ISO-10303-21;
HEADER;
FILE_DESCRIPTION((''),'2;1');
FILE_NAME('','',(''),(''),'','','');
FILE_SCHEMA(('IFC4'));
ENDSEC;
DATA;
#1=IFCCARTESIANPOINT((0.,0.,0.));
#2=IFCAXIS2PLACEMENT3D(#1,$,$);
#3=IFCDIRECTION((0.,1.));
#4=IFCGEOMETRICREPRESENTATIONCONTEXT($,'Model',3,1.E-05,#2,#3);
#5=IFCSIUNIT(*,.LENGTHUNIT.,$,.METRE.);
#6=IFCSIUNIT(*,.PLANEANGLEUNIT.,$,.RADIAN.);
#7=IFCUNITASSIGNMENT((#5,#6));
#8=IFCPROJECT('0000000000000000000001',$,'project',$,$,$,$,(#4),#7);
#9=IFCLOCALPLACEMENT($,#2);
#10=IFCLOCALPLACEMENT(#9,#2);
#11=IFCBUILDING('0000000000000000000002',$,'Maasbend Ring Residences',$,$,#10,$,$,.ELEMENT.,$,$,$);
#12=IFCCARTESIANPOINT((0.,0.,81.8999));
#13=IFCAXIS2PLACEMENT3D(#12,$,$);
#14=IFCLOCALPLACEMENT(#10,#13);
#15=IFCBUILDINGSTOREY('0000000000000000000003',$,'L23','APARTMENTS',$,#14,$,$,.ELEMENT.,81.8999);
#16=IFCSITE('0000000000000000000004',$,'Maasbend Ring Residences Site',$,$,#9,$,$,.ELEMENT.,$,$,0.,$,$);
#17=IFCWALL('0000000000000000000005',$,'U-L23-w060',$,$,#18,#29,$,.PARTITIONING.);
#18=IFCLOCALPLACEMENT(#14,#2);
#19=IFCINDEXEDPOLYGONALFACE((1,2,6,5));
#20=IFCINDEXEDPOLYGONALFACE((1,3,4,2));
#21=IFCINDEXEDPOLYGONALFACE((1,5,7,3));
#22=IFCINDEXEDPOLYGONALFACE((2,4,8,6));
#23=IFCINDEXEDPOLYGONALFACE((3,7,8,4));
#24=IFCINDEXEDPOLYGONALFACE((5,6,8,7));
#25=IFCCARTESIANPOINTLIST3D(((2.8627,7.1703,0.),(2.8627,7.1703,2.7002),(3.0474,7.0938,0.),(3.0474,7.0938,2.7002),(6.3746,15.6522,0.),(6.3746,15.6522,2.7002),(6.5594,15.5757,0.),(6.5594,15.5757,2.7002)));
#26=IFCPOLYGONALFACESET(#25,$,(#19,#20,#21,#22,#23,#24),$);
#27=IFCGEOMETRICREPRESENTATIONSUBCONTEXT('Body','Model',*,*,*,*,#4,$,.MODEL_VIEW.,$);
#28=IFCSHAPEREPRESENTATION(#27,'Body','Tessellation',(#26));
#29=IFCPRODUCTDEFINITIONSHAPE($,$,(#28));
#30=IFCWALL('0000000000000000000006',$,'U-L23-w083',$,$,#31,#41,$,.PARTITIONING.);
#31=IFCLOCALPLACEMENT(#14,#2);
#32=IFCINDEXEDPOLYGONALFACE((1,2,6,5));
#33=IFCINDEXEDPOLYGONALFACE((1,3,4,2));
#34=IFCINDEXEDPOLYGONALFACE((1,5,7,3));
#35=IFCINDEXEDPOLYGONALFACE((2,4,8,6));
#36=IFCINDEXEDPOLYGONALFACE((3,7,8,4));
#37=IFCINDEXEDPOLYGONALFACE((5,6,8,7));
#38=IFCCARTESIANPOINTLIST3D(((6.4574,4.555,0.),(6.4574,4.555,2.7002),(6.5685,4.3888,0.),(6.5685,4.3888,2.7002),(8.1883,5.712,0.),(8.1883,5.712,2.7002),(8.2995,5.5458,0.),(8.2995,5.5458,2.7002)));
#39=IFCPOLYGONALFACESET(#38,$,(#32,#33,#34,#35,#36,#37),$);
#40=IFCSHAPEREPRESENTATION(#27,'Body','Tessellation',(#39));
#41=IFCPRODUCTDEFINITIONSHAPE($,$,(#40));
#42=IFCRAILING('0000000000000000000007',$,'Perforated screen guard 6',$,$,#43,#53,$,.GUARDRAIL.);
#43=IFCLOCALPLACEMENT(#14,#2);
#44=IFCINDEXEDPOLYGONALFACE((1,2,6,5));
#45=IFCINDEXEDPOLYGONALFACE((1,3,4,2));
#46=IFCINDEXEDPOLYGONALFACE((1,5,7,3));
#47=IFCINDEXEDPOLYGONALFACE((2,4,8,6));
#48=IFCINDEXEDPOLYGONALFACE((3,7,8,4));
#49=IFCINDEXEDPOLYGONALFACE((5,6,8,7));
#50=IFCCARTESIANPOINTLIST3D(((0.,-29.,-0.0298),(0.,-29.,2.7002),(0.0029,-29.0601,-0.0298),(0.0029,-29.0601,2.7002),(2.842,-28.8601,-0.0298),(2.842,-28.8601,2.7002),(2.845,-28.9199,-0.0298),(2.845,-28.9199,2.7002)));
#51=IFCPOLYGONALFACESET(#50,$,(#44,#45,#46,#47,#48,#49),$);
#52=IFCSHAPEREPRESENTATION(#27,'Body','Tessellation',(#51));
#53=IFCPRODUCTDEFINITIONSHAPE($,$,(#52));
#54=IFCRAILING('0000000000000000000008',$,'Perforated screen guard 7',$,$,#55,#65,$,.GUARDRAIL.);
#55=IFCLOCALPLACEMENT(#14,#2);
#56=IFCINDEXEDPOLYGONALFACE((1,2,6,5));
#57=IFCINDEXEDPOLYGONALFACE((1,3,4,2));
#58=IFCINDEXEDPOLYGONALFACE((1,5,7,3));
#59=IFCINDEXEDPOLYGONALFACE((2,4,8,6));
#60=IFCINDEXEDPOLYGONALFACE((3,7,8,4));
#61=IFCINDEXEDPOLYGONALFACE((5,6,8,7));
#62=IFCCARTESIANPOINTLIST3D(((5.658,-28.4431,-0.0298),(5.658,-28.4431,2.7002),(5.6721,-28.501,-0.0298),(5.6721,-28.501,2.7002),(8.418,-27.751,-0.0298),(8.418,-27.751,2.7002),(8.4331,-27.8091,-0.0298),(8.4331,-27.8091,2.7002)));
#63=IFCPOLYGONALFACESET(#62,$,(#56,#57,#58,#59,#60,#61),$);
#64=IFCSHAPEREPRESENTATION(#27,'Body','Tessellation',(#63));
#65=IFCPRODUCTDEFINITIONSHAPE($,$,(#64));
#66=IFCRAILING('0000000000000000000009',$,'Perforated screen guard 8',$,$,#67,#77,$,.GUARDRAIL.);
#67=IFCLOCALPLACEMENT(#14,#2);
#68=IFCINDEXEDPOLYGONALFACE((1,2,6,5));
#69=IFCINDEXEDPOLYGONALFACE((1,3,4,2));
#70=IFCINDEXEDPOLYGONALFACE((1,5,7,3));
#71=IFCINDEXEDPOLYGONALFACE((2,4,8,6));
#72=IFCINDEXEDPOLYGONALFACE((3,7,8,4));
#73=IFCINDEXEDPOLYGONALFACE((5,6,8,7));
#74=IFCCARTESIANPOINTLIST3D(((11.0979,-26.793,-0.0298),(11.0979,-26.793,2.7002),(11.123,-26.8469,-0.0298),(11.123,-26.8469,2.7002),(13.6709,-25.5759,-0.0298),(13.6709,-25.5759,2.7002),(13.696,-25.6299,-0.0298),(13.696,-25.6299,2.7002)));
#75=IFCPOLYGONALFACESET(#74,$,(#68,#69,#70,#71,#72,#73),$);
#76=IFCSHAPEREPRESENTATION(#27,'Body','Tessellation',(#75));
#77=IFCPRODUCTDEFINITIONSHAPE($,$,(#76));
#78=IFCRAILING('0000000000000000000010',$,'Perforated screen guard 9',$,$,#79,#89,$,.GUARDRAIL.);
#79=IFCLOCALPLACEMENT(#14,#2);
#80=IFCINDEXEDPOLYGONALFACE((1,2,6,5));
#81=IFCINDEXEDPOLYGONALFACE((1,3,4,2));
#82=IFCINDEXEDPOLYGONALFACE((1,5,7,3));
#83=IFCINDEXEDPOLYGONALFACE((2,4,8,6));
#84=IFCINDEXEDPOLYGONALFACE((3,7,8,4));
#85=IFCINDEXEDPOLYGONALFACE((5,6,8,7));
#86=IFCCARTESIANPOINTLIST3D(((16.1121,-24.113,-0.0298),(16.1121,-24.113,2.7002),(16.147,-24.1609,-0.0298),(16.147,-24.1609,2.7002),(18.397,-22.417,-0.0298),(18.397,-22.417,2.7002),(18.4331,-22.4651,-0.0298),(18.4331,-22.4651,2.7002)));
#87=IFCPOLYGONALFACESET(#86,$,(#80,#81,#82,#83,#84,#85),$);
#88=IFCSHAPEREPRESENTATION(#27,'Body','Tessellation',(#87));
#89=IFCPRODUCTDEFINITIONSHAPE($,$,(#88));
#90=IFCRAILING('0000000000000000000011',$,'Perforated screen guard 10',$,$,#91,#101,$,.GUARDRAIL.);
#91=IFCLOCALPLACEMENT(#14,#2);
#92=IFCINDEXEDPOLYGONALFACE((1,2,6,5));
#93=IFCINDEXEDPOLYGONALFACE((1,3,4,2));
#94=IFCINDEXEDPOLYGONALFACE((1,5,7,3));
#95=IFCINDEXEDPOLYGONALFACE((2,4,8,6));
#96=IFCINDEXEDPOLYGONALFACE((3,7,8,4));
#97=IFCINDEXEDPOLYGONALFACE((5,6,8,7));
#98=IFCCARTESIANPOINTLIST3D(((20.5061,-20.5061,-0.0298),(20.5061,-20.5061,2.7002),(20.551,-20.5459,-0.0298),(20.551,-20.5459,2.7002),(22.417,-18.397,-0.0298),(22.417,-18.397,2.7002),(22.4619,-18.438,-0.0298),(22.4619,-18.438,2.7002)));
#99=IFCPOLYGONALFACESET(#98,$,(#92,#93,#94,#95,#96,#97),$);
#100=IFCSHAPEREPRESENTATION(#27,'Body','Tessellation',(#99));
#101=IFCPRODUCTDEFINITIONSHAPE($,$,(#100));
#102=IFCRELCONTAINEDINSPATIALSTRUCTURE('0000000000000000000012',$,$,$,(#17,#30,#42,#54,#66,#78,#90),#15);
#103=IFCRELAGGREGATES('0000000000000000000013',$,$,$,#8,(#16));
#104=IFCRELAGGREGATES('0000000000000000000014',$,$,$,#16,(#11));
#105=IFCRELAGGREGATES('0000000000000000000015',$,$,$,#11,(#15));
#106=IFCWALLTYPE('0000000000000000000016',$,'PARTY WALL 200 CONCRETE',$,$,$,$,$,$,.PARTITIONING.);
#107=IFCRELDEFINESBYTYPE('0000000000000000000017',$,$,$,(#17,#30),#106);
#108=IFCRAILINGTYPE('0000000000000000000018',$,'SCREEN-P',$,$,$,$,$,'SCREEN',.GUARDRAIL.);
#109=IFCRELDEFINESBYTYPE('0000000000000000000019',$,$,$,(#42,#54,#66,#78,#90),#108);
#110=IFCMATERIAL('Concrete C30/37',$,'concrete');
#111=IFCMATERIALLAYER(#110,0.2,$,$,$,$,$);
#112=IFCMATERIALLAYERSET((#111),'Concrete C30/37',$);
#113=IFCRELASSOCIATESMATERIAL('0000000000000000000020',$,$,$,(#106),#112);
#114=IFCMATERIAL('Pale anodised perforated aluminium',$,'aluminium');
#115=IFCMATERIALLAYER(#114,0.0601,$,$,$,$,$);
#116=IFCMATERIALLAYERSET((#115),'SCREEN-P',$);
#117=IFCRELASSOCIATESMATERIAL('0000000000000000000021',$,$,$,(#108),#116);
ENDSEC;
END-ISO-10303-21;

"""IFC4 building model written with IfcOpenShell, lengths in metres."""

from ifc_helpers import new_model, si_unit, direction, frame, frame_2d, origin, place, context, subcontext, project, spatial, polyline, rectangle, outline, extrude, material, layer, layer_set, type_object, element, save


model = new_model("IFC4")

# Units and contexts
model_context = context("Model", 3, precision=1e-05, world=origin(), true_north=direction((0.0, 1.0)))
body_context = subcontext(model_context, "Body", "Model", "MODEL_VIEW")
ifc_project = project(units=[si_unit("LENGTHUNIT", "METRE"), si_unit("PLANEANGLEUNIT", "RADIAN")], contexts=[model_context])

# Site, building, storey
site_placement = place(None, origin())
site = spatial("IfcSite", under=ifc_project, at=site_placement, Name="Maasbend Ring Residences Site", CompositionType="ELEMENT", RefElevation=0.0)
building_placement = place(site_placement, origin())
building = spatial("IfcBuilding", under=site, at=building_placement, Name="Maasbend Ring Residences", CompositionType="ELEMENT")
storey_placement = place(building_placement, frame((0.0, 0.0, 81.8999)))
storey = spatial("IfcBuildingStorey", under=building, at=storey_placement, Name="L23", Description="APARTMENTS", CompositionType="ELEMENT", Elevation=81.8999)

# Walls
ifc_material_1 = material(Name="Concrete C30/37", Category="concrete")
ifc_layer_1 = layer(ifc_material_1, 0.2)
ifc_layer_set_1 = layer_set([ifc_layer_1], Name="Concrete C30/37")
wall_type_1 = type_object("IfcWallType", Name="PARTY WALL 200 CONCRETE", PredefinedType="PARTITIONING", material=ifc_layer_set_1)
wall_1_placement = place(storey_placement, frame((2.9551, 7.1321, 0.0), z_axis=(0.0, 0.0, 1.0), x_axis=(0.382556, 0.923932, 0.0)))
element("IfcWall", 1, at=wall_1_placement, inside=storey, type_object=wall_type_1, Name="U-L23-w060", PredefinedType="PARTITIONING", context=body_context, shape_type="SweptSolid", body=[
    extrude(rectangle(XDim=9.1802, YDim=0.2, at=frame_2d((4.5901, 0.0))), origin(), (0.0, 0.0, 1.0), 2.7002),
])
wall_2_placement = place(storey_placement, frame((6.5129, 4.4719, 0.0), z_axis=(0.0, 0.0, 1.0), x_axis=(0.831382, 0.555701, 0.0)))
element("IfcWall", 2, at=wall_2_placement, inside=storey, type_object=wall_type_1, Name="U-L23-w083", PredefinedType="PARTITIONING", context=body_context, shape_type="SweptSolid", body=[
    extrude(rectangle(XDim=2.082, YDim=0.2, at=frame_2d((1.041, 0.0))), origin(), (0.0, 0.0, 1.0), 2.7002),
])

# Railings
ifc_material_2 = material(Name="Pale anodised perforated aluminium", Category="aluminium")
ifc_layer_2 = layer(ifc_material_2, 0.0601)
ifc_layer_set_2 = layer_set([ifc_layer_2], Name="SCREEN-P")
railing_type = type_object("IfcRailingType", Name="SCREEN-P", ElementType="SCREEN", PredefinedType="GUARDRAIL", material=ifc_layer_set_2)
railing_1_placement = place(storey_placement, frame((0.0, 0.0, -0.0298)))
element("IfcRailing", 3, at=railing_1_placement, inside=storey, type_object=railing_type, Name="Perforated screen guard 6", PredefinedType="GUARDRAIL", context=body_context, shape_type="SweptSolid", body=[
    extrude(outline(polyline([(0.0, -29.0), (2.842, -28.8601), (2.845, -28.9199), (0.0029, -29.0601), (0.0, -29.0)])), origin(), (0.0, 0.0, 1.0), 2.73),
])
railing_2_placement = place(storey_placement, frame((0.0, 0.0, -0.0298)))
element("IfcRailing", 4, at=railing_2_placement, inside=storey, type_object=railing_type, Name="Perforated screen guard 7", PredefinedType="GUARDRAIL", context=body_context, shape_type="SweptSolid", body=[
    extrude(outline(polyline([(5.658, -28.4431), (8.418, -27.751), (8.4331, -27.8091), (5.6721, -28.501), (5.658, -28.4431)])), origin(), (0.0, 0.0, 1.0), 2.73),
])
railing_3_placement = place(storey_placement, frame((0.0, 0.0, -0.0298)))
element("IfcRailing", 5, at=railing_3_placement, inside=storey, type_object=railing_type, Name="Perforated screen guard 8", PredefinedType="GUARDRAIL", context=body_context, shape_type="SweptSolid", body=[
    extrude(outline(polyline([(11.0979, -26.793), (13.6709, -25.5759), (13.696, -25.6299), (11.123, -26.8469), (11.0979, -26.793)])), origin(), (0.0, 0.0, 1.0), 2.73),
])
railing_4_placement = place(storey_placement, frame((0.0, 0.0, -0.0298)))
element("IfcRailing", 6, at=railing_4_placement, inside=storey, type_object=railing_type, Name="Perforated screen guard 9", PredefinedType="GUARDRAIL", context=body_context, shape_type="SweptSolid", body=[
    extrude(outline(polyline([(16.1121, -24.113), (18.397, -22.417), (18.4331, -22.4651), (16.147, -24.1609), (16.1121, -24.113)])), origin(), (0.0, 0.0, 1.0), 2.73),
])
railing_5_placement = place(storey_placement, frame((0.0, 0.0, -0.0298)))
element("IfcRailing", 7, at=railing_5_placement, inside=storey, type_object=railing_type, Name="Perforated screen guard 10", PredefinedType="GUARDRAIL", context=body_context, shape_type="SweptSolid", body=[
    extrude(outline(polyline([(20.5061, -20.5061), (22.417, -18.397), (22.4619, -18.438), (20.551, -20.5459), (20.5061, -20.5061)])), origin(), (0.0, 0.0, 1.0), 2.73),
])

save(model, "model.ifc")
